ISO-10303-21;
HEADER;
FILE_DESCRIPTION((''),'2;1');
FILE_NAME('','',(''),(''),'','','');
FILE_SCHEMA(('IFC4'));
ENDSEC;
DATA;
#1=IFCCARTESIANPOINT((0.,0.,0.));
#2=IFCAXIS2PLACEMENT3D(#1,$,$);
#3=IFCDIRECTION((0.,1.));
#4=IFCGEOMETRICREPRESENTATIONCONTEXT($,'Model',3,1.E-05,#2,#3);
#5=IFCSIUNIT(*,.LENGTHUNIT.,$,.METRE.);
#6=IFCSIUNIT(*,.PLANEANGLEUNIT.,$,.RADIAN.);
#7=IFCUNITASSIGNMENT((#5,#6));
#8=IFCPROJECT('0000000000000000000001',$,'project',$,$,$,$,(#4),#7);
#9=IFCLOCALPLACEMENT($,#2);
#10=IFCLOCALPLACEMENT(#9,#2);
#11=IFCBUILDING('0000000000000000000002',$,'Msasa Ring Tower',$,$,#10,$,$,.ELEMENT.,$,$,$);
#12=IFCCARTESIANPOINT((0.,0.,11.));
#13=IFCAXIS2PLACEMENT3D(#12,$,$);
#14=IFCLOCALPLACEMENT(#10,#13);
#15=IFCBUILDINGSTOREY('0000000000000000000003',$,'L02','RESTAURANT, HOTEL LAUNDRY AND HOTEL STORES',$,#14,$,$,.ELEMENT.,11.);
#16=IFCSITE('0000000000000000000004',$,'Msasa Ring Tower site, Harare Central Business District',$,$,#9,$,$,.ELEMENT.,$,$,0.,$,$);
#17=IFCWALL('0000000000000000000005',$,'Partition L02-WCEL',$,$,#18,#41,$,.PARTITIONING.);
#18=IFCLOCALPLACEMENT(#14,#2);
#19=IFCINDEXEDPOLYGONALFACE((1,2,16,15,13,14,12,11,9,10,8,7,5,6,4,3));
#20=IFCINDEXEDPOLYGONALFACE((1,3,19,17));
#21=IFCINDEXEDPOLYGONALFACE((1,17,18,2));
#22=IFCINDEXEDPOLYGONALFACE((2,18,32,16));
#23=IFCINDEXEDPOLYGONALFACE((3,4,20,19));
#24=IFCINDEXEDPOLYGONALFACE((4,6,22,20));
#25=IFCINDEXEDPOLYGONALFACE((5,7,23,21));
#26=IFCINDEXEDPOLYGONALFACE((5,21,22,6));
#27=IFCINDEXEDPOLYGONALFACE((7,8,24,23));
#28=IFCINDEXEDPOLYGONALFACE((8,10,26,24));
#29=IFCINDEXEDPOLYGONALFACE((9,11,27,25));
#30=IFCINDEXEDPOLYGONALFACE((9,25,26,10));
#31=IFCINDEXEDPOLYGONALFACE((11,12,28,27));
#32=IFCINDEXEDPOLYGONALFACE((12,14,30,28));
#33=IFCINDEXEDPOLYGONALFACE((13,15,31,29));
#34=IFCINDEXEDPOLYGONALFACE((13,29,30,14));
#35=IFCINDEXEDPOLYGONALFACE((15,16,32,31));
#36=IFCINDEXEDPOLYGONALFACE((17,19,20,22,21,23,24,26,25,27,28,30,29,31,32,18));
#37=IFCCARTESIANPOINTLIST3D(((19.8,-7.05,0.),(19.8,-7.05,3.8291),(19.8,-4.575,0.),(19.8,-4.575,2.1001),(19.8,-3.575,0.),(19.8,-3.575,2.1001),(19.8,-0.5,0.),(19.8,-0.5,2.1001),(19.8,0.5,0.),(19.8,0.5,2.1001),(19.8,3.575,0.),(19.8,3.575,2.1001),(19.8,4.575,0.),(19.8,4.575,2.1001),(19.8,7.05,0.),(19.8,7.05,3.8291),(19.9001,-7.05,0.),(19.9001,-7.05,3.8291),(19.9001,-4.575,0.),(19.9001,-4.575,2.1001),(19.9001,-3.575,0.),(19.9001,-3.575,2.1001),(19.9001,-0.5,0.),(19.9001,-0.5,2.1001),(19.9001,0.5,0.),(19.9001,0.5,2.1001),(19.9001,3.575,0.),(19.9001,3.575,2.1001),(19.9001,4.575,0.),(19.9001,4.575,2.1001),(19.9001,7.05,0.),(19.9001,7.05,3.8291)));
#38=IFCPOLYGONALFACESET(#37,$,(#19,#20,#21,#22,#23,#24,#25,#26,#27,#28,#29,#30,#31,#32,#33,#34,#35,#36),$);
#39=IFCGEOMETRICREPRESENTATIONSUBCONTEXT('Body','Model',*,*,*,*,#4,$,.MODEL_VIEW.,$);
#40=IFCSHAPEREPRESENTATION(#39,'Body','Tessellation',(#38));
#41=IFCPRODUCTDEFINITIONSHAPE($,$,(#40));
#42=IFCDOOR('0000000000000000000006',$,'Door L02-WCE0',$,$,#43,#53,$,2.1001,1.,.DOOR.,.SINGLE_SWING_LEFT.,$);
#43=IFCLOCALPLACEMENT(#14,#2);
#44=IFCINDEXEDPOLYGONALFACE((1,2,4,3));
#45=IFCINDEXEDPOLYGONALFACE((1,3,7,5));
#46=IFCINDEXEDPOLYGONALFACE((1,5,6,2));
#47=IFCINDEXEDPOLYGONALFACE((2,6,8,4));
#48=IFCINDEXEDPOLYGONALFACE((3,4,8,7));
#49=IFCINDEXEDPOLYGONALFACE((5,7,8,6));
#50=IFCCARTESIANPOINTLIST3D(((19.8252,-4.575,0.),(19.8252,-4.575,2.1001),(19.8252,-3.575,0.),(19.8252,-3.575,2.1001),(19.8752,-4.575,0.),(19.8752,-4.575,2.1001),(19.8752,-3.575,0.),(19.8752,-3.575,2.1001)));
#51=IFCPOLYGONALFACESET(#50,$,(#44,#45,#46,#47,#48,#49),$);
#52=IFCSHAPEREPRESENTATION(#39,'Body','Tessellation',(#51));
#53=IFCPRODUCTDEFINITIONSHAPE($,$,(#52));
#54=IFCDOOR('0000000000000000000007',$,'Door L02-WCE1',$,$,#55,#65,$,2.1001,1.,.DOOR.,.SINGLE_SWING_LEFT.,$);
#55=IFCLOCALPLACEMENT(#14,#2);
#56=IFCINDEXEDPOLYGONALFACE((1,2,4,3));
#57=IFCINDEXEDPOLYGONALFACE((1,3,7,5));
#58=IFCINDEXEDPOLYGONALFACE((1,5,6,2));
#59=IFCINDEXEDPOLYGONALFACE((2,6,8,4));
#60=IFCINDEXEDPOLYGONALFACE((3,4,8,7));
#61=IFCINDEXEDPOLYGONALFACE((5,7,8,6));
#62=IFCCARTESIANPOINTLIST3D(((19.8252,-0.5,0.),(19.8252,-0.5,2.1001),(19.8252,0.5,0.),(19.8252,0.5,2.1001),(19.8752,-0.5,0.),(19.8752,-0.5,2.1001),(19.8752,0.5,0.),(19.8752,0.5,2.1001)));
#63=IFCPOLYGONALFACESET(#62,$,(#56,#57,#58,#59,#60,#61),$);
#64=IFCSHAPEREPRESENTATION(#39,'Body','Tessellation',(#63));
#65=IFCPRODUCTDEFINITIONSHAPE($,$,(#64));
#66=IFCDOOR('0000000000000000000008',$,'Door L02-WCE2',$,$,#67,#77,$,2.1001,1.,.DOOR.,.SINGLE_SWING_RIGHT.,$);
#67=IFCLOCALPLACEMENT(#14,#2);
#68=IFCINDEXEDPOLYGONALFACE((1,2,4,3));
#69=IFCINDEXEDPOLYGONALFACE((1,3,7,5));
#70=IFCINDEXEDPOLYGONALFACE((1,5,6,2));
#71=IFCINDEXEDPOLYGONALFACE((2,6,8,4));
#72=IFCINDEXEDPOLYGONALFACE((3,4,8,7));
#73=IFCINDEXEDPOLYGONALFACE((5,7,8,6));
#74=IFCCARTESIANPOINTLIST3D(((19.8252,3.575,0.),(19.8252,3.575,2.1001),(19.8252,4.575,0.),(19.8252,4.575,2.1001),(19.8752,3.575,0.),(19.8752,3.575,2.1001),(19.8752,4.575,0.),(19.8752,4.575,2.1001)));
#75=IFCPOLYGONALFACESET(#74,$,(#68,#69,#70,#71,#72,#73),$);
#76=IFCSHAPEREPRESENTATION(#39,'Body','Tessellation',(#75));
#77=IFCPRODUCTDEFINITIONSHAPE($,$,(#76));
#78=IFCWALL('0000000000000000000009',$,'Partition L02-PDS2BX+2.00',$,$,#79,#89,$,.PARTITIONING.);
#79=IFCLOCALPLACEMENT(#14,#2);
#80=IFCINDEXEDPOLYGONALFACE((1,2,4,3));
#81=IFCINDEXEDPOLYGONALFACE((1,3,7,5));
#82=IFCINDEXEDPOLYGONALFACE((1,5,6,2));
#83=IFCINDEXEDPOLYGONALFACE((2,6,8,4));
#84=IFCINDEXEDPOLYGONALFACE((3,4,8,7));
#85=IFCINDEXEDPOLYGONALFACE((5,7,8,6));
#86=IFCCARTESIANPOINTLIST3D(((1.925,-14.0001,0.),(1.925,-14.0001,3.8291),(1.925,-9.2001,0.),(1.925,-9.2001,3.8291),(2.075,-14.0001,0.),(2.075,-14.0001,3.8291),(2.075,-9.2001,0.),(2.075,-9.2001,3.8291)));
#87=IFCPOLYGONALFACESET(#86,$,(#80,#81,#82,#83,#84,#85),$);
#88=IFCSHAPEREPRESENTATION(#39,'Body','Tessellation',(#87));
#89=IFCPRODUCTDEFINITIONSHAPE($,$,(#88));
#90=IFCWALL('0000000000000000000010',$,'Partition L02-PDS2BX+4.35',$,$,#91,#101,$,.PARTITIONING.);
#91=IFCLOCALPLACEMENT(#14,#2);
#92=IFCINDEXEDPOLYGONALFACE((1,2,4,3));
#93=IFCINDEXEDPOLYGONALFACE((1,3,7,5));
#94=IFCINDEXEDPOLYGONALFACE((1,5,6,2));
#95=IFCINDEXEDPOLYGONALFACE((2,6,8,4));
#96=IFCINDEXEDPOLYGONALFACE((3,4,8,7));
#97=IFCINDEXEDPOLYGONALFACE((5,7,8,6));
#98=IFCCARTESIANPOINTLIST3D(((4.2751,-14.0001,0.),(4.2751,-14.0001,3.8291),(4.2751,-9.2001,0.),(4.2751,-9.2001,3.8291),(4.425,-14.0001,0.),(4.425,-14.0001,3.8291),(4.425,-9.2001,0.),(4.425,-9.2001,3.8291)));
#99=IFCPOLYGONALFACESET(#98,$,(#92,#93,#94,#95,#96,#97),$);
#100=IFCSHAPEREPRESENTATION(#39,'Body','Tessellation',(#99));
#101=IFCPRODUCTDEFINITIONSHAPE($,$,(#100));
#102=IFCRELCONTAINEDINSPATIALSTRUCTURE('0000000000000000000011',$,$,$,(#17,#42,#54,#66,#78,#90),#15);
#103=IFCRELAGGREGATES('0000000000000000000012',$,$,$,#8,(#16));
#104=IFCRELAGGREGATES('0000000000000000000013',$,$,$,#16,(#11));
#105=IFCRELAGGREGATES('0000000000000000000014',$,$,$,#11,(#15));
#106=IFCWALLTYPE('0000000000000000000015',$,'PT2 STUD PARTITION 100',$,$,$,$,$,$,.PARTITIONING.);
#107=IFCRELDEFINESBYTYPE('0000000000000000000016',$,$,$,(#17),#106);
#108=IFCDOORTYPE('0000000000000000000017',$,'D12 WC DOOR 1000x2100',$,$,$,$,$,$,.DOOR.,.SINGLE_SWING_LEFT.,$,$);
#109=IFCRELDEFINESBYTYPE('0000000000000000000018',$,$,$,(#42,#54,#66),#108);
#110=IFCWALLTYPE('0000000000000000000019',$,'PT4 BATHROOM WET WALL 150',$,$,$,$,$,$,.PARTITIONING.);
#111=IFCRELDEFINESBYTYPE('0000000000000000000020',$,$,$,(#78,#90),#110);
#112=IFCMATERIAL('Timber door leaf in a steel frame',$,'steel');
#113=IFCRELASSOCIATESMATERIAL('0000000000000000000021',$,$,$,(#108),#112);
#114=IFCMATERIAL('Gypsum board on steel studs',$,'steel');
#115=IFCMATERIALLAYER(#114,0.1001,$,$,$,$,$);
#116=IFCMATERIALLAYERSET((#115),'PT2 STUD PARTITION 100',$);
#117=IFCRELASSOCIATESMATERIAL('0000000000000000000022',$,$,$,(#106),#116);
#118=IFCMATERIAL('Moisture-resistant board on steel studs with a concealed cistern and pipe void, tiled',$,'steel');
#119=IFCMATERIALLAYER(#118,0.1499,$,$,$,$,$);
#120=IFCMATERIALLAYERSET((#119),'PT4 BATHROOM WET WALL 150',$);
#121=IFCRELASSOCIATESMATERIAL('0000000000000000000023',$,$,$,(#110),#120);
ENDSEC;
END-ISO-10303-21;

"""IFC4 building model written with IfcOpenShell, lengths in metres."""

from ifc_helpers import new_model, si_unit, direction, frame, frame_2d, origin, place, context, subcontext, project, spatial, rectangle, extrude, material, layer, layer_set, type_object, element, fill, save


model = new_model("IFC4")

# Units and contexts
model_context = context("Model", 3, precision=1e-05, world=origin(), true_north=direction((0.0, 1.0)))
body_context = subcontext(model_context, "Body", "Model", "MODEL_VIEW")
ifc_project = project(units=[si_unit("LENGTHUNIT", "METRE"), si_unit("PLANEANGLEUNIT", "RADIAN")], contexts=[model_context])

# Site, building, storey
site_placement = place(None, origin())
site = spatial("IfcSite", under=ifc_project, at=site_placement, Name="Msasa Ring Tower site, Harare Central Business District", CompositionType="ELEMENT", RefElevation=0.0)
building_placement = place(site_placement, origin())
building = spatial("IfcBuilding", under=site, at=building_placement, Name="Msasa Ring Tower", CompositionType="ELEMENT")
storey_placement = place(building_placement, frame((0.0, 0.0, 11.0)))
storey = spatial("IfcBuildingStorey", under=building, at=storey_placement, Name="L02", Description="RESTAURANT, HOTEL LAUNDRY AND HOTEL STORES", CompositionType="ELEMENT", Elevation=11.0)

# Shared definitions
ifc_material_1 = material(Name="Timber door leaf in a steel frame", Category="steel")
door_type_1 = type_object("IfcDoorType", Name="D12 WC DOOR 1000x2100", OperationType="SINGLE_SWING_LEFT", PredefinedType="DOOR", material=ifc_material_1)

# Shared definitions
ifc_material_2 = material(Name="Gypsum board on steel studs", Category="steel")
ifc_layer_1 = layer(ifc_material_2, 0.1001)
ifc_layer_set_1 = layer_set([ifc_layer_1], Name="PT2 STUD PARTITION 100")
wall_type_1 = type_object("IfcWallType", Name="PT2 STUD PARTITION 100", PredefinedType="PARTITIONING", material=ifc_layer_set_1)

# Wall, openings, doors
wall_1_placement = place(storey_placement, frame((19.8501, -7.05, 0.0), z_axis=(0.0, 0.0, 1.0), x_axis=(0.0, 1.0, 0.0)))
wall_1 = element("IfcWall", 1, at=wall_1_placement, inside=storey, type_object=wall_type_1, Name="Partition L02-WCEL", PredefinedType="PARTITIONING", context=body_context, shape_type="SweptSolid", body=[
    extrude(rectangle(XDim=14.1001, YDim=0.1001, at=frame_2d((7.05, 0.0))), origin(), (0.0, 0.0, 1.0), 3.8291),
])
opening_1_placement = place(wall_1_placement, frame((2.4751, 0.0, 0.0)))
opening_1 = element("IfcOpeningElement", 2, at=opening_1_placement, cuts=wall_1, PredefinedType="OPENING", context=body_context, shape_type="SweptSolid", body=[
    extrude(rectangle(XDim=1.0, YDim=2.1001, at=frame_2d((0.5, 1.05))), frame((0.0, 0.0601, 0.0), z_axis=(0.0, -1.0, 0.0), x_axis=(1.0, 0.0, 0.0)), (0.0, 0.0, 1.0), 0.1201),
])
opening_2_placement = place(wall_1_placement, frame((6.55, 0.0, 0.0)))
opening_2 = element("IfcOpeningElement", 3, at=opening_2_placement, cuts=wall_1, PredefinedType="OPENING", context=body_context, shape_type="SweptSolid", body=[
    extrude(rectangle(XDim=1.0, YDim=2.1001, at=frame_2d((0.5, 1.05))), frame((0.0, 0.0601, 0.0), z_axis=(0.0, -1.0, 0.0), x_axis=(1.0, 0.0, 0.0)), (0.0, 0.0, 1.0), 0.1201),
])
opening_3_placement = place(wall_1_placement, frame((10.625, 0.0, 0.0)))
opening_3 = element("IfcOpeningElement", 4, at=opening_3_placement, cuts=wall_1, PredefinedType="OPENING", context=body_context, shape_type="SweptSolid", body=[
    extrude(rectangle(XDim=1.0, YDim=2.1001, at=frame_2d((0.5, 1.05))), frame((0.0, 0.0601, 0.0), z_axis=(0.0, -1.0, 0.0), x_axis=(1.0, 0.0, 0.0)), (0.0, 0.0, 1.0), 0.1201),
])
door_1_placement = place(opening_1_placement, origin())
door_1 = element("IfcDoor", 5, at=door_1_placement, inside=storey, type_object=door_type_1, Name="Door L02-WCE0", OperationType="SINGLE_SWING_LEFT", OverallHeight=2.1001, OverallWidth=1.0, PredefinedType="DOOR", context=body_context, shape_type="SweptSolid", body=[
    extrude(rectangle(XDim=1.0, YDim=2.1001, at=frame_2d((0.5, 1.05))), frame((0.0, 0.0249, 0.0), z_axis=(0.0, -1.0, 0.0), x_axis=(1.0, 0.0, 0.0)), (0.0, 0.0, 1.0), 0.05),
])
fill(opening_1, door_1)
door_2_placement = place(opening_2_placement, origin())
door_2 = element("IfcDoor", 6, at=door_2_placement, inside=storey, type_object=door_type_1, Name="Door L02-WCE1", OperationType="SINGLE_SWING_LEFT", OverallHeight=2.1001, OverallWidth=1.0, PredefinedType="DOOR", context=body_context, shape_type="SweptSolid", body=[
    extrude(rectangle(XDim=1.0, YDim=2.1001, at=frame_2d((0.5, 1.05))), frame((0.0, 0.0249, 0.0), z_axis=(0.0, -1.0, 0.0), x_axis=(1.0, 0.0, 0.0)), (0.0, 0.0, 1.0), 0.05),
])
fill(opening_2, door_2)
door_3_placement = place(opening_3_placement, origin())
door_3 = element("IfcDoor", 7, at=door_3_placement, inside=storey, type_object=door_type_1, Name="Door L02-WCE2", OperationType="SINGLE_SWING_RIGHT", OverallHeight=2.1001, OverallWidth=1.0, PredefinedType="DOOR", context=body_context, shape_type="SweptSolid", body=[
    extrude(rectangle(XDim=1.0, YDim=2.1001, at=frame_2d((0.5, 1.05))), frame((0.0, 0.0249, 0.0), z_axis=(0.0, -1.0, 0.0), x_axis=(1.0, 0.0, 0.0)), (0.0, 0.0, 1.0), 0.05),
])
fill(opening_3, door_3)

# Walls
ifc_material_3 = material(Name="Moisture-resistant board on steel studs with a concealed cistern and pipe void, tiled", Category="steel")
ifc_layer_2 = layer(ifc_material_3, 0.1499)
ifc_layer_set_2 = layer_set([ifc_layer_2], Name="PT4 BATHROOM WET WALL 150")
wall_type_2 = type_object("IfcWallType", Name="PT4 BATHROOM WET WALL 150", PredefinedType="PARTITIONING", material=ifc_layer_set_2)
for number, where, z_axis, x_axis, name in (
    (8, (2.0, -14.0, 0.0), (0.0, 0.0, 1.0), (0.0, 1.0, 0.0), "Partition L02-PDS2BX+2.00"),
    (9, (4.3501, -14.0, 0.0), (0.0, 0.0, 1.0), (0.0, 1.0, 0.0), "Partition L02-PDS2BX+4.35"),
):
    element("IfcWall", number, at=place(storey_placement, frame(where, z_axis=z_axis, x_axis=x_axis)), inside=storey, type_object=wall_type_2, Name=name, PredefinedType="PARTITIONING", context=body_context, shape_type="SweptSolid", body=[
        extrude(rectangle(XDim=4.8, YDim=0.1499, at=frame_2d((2.3999, 0.0))), origin(), (0.0, 0.0, 1.0), 3.8291),
    ])

save(model, "model.ifc")
